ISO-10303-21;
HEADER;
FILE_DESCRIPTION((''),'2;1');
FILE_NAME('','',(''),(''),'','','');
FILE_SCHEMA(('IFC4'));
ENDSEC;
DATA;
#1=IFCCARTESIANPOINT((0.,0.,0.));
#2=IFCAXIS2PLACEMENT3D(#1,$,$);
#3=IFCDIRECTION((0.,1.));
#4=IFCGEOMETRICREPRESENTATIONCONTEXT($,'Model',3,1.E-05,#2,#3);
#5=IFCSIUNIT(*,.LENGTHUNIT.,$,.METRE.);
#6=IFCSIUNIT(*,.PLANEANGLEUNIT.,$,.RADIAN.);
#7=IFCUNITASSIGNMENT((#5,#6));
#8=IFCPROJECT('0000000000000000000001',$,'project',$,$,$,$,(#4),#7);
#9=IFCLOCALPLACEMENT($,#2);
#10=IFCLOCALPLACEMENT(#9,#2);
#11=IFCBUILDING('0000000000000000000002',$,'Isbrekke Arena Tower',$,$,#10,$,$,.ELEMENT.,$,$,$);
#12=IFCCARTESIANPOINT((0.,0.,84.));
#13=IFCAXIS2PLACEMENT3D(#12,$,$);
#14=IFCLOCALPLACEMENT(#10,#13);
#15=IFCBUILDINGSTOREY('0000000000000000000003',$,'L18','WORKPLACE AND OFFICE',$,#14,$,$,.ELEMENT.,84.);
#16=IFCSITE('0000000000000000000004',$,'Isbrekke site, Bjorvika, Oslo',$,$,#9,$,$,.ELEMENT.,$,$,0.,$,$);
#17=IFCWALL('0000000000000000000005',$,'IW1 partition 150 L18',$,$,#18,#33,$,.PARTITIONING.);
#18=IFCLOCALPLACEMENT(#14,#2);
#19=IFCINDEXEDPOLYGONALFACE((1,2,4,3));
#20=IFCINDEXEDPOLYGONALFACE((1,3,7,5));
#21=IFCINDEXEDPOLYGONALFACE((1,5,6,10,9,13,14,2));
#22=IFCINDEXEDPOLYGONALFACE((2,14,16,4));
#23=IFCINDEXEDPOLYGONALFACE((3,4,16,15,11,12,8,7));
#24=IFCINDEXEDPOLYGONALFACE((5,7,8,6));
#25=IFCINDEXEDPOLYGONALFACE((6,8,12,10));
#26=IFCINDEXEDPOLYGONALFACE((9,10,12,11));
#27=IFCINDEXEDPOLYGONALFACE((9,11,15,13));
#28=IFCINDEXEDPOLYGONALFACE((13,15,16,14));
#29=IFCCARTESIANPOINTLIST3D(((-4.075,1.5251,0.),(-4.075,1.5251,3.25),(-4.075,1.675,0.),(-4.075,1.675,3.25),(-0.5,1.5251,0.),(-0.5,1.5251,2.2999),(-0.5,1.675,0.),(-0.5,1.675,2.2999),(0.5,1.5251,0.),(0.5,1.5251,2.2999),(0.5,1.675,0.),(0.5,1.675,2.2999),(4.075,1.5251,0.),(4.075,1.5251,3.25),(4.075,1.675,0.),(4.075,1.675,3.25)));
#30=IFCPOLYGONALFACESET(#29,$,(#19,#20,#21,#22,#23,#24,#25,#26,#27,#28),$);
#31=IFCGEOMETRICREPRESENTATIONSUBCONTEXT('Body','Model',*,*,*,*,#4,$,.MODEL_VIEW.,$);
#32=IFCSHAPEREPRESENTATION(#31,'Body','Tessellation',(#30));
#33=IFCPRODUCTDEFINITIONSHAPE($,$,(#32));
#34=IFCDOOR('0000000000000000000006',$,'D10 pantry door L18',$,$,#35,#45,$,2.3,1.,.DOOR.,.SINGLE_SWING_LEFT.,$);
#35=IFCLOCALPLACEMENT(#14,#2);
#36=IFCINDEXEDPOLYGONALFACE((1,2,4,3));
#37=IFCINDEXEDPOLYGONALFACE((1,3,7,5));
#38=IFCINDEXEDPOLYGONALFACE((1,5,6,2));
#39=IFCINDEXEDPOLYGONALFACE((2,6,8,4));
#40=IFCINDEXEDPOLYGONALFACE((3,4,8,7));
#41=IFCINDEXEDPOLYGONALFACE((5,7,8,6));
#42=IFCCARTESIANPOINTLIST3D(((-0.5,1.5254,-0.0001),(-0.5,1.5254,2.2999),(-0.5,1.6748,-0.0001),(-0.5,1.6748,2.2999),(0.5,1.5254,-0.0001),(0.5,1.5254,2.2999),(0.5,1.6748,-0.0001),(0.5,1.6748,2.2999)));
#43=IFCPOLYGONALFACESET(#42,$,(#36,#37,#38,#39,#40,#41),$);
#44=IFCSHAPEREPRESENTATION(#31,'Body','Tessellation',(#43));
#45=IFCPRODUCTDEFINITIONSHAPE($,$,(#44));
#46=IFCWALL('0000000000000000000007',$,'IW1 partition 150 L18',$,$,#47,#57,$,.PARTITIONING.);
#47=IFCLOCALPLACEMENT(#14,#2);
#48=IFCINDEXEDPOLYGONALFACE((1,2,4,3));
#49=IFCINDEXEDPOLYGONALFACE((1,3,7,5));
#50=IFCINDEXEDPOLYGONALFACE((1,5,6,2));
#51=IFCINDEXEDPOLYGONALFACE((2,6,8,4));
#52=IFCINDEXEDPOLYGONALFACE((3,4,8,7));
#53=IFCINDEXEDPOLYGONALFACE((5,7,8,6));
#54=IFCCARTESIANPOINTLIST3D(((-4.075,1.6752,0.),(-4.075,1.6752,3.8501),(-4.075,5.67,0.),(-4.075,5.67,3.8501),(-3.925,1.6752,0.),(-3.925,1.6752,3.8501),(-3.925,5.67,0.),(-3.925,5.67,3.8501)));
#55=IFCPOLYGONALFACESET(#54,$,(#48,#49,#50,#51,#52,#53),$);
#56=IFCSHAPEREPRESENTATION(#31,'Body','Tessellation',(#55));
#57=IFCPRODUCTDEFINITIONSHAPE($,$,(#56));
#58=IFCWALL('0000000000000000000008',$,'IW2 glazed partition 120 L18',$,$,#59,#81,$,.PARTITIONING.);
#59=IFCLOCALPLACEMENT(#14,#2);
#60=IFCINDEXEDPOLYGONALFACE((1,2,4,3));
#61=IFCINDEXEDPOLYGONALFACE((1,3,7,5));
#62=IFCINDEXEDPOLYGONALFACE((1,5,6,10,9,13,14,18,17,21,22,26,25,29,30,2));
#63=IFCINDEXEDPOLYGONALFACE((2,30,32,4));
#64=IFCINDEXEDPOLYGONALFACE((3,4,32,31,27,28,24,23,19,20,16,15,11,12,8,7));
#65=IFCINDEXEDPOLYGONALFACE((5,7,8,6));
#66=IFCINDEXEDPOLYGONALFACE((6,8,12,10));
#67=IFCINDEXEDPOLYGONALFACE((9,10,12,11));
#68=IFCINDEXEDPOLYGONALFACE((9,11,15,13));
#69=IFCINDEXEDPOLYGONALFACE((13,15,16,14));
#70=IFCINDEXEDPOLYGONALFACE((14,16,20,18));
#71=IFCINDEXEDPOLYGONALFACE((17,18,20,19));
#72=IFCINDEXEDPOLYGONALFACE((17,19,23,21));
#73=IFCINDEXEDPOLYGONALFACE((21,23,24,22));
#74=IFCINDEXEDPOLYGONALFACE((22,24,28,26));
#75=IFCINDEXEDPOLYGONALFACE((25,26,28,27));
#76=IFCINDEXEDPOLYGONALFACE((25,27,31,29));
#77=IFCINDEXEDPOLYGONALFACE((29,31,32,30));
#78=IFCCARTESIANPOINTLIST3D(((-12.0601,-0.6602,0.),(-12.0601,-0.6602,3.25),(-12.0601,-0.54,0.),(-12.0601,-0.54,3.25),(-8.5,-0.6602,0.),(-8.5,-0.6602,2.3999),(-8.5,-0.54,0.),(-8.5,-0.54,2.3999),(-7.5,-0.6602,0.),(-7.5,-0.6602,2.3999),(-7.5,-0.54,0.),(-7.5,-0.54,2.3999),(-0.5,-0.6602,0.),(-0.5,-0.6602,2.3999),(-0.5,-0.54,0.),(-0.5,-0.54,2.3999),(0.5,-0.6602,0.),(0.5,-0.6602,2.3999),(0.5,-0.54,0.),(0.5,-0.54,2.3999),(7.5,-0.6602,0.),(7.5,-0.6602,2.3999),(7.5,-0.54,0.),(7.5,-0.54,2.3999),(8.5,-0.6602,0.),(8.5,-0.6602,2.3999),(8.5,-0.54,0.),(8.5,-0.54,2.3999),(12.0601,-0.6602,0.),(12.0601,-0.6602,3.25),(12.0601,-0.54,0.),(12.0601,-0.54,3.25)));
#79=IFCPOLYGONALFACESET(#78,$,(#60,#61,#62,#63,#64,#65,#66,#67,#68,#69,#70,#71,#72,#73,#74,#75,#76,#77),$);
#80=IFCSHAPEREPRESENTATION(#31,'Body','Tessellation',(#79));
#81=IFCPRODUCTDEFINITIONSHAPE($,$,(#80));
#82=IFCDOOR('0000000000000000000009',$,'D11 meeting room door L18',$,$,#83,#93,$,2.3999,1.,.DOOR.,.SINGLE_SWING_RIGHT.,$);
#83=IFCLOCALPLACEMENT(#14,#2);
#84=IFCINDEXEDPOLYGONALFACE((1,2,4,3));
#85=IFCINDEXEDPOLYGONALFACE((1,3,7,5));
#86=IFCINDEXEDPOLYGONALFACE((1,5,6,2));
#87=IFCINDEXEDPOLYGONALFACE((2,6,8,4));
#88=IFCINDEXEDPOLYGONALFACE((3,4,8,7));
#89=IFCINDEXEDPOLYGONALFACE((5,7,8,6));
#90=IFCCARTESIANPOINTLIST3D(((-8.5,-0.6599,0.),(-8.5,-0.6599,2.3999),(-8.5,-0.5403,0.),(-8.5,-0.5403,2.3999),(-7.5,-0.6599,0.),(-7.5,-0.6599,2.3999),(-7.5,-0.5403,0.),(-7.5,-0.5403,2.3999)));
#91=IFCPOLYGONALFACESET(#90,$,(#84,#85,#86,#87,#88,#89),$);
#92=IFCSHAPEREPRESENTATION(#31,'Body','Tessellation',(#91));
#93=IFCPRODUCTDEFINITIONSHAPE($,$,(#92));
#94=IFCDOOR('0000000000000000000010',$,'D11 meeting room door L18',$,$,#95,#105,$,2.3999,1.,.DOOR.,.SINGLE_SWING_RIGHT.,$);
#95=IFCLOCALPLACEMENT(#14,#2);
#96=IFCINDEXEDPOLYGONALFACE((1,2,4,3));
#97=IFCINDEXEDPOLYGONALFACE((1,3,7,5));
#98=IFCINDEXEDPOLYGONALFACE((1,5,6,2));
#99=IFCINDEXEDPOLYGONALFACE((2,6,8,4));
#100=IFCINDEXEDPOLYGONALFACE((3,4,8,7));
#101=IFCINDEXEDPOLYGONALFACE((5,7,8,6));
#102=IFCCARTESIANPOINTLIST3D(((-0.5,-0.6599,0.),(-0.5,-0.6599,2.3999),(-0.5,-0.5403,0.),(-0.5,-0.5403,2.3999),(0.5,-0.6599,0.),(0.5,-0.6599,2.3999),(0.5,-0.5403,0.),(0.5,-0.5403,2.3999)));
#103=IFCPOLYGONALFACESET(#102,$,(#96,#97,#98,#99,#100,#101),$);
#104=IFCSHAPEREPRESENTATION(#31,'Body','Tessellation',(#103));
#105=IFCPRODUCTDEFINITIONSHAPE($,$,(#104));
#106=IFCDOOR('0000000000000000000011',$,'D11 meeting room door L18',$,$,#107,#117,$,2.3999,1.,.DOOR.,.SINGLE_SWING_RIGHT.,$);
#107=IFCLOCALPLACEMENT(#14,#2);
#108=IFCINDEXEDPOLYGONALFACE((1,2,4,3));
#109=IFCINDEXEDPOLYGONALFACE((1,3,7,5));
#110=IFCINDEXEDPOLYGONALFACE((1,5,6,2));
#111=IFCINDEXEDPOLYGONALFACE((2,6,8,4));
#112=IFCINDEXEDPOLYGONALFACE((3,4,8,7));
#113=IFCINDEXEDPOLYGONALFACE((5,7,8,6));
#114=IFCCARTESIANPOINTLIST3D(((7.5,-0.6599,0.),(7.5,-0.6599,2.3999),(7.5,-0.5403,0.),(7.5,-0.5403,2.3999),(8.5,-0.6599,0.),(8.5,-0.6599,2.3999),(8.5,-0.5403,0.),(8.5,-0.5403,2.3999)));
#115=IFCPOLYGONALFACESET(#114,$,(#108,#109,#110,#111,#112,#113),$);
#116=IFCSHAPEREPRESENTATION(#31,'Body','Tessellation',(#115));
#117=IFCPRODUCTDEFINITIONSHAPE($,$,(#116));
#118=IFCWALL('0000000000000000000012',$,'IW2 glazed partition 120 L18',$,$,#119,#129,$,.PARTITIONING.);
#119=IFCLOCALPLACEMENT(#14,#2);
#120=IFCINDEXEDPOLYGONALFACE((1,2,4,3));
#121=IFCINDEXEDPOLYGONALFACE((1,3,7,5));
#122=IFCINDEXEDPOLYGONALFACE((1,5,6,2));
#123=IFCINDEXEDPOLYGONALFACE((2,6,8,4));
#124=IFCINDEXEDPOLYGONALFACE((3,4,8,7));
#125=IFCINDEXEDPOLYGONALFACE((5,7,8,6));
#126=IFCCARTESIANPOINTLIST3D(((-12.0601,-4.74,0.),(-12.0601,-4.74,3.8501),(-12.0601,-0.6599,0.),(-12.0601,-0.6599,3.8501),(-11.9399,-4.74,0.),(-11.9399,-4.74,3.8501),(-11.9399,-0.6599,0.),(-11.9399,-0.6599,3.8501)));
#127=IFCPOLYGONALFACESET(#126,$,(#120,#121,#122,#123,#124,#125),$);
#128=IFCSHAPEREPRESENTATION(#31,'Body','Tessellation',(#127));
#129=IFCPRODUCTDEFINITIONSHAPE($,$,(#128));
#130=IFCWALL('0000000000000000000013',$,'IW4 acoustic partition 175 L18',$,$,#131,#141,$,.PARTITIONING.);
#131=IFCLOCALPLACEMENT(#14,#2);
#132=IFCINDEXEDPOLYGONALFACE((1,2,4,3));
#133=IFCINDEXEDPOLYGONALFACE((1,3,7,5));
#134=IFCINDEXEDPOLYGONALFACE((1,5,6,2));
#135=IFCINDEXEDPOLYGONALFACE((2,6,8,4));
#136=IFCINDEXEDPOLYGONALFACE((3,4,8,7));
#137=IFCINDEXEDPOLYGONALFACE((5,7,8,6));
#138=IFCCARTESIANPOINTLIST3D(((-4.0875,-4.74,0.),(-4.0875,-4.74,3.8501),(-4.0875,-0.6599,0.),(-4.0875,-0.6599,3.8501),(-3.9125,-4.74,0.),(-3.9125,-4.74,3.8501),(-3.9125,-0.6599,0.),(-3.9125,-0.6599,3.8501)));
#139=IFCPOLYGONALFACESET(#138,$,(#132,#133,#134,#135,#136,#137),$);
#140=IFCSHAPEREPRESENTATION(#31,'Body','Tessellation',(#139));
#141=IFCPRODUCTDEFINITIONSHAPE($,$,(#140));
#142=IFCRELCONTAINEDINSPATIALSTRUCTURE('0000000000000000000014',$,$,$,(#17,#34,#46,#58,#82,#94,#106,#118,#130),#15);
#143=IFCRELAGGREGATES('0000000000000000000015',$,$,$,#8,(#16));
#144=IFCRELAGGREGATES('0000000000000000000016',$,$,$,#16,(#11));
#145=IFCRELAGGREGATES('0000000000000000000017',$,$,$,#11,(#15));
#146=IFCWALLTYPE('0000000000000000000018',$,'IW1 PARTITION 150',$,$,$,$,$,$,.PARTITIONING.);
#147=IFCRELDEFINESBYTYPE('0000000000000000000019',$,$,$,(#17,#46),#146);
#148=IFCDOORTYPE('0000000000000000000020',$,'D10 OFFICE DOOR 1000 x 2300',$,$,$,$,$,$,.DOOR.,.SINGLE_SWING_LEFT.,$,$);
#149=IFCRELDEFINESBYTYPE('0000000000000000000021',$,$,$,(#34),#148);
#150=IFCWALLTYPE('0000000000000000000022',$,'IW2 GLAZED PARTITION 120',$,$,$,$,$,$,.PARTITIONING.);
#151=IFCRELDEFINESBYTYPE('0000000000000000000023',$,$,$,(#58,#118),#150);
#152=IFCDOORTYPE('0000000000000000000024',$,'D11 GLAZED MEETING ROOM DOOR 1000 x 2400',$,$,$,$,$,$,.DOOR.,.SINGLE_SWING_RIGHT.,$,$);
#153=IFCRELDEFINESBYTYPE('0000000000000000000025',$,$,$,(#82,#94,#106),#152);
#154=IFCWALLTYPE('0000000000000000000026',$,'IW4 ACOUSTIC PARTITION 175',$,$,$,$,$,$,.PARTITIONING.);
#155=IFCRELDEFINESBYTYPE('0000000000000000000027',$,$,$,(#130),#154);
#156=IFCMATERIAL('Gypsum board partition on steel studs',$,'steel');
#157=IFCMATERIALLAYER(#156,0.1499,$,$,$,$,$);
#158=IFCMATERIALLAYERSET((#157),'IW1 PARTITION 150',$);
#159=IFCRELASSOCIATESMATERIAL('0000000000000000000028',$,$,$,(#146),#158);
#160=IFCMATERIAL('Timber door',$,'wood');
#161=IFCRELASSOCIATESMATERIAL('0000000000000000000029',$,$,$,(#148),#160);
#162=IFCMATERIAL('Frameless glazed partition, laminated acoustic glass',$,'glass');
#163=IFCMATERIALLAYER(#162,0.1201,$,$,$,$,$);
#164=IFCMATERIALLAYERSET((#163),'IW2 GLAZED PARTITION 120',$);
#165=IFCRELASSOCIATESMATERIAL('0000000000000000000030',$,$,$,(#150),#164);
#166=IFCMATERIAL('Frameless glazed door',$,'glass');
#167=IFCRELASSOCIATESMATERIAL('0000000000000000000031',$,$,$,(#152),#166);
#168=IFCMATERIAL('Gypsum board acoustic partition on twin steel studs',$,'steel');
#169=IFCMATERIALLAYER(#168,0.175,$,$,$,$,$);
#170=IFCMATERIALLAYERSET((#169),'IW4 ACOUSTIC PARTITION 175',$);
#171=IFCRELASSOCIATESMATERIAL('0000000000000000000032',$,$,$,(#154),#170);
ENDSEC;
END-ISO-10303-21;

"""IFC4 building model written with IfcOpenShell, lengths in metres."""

from ifc_helpers import new_model, si_unit, direction, frame, frame_2d, origin, place, context, subcontext, project, spatial, rectangle, extrude, material, layer, layer_set, type_object, element, fill, save


model = new_model("IFC4")

# Units and contexts
model_context = context("Model", 3, precision=1e-05, world=origin(), true_north=direction((0.0, 1.0)))
body_context = subcontext(model_context, "Body", "Model", "MODEL_VIEW")
ifc_project = project(units=[si_unit("LENGTHUNIT", "METRE"), si_unit("PLANEANGLEUNIT", "RADIAN")], contexts=[model_context])

# Site, building, storey
site_placement = place(None, origin())
site = spatial("IfcSite", under=ifc_project, at=site_placement, Name="Isbrekke site, Bjorvika, Oslo", CompositionType="ELEMENT", RefElevation=0.0)
building_placement = place(site_placement, origin())
building = spatial("IfcBuilding", under=site, at=building_placement, Name="Isbrekke Arena Tower", CompositionType="ELEMENT")
storey_placement = place(building_placement, frame((0.0, 0.0, 84.0)))
storey = spatial("IfcBuildingStorey", under=building, at=storey_placement, Name="L18", Description="WORKPLACE AND OFFICE", CompositionType="ELEMENT", Elevation=84.0)

# Wall, opening, door
ifc_material_1 = material(Name="Gypsum board partition on steel studs", Category="steel")
ifc_layer_1 = layer(ifc_material_1, 0.1499)
ifc_layer_set_1 = layer_set([ifc_layer_1], Name="IW1 PARTITION 150")
wall_type_1 = type_object("IfcWallType", Name="IW1 PARTITION 150", PredefinedType="PARTITIONING", material=ifc_layer_set_1)
wall_1_placement = place(storey_placement, frame((-4.075, 1.6001, 0.0), z_axis=(0.0, 0.0, 1.0), x_axis=(1.0, 0.0, 0.0)))
wall_1 = element("IfcWall", 1, at=wall_1_placement, inside=storey, type_object=wall_type_1, Name="IW1 partition 150 L18", PredefinedType="PARTITIONING", context=body_context, shape_type="SweptSolid", body=[
    extrude(rectangle(XDim=8.1499, YDim=0.1499, at=frame_2d((4.075, 0.0))), origin(), (0.0, 0.0, 1.0), 3.25),
])
opening_1_placement = place(wall_1_placement, frame((3.575, 0.0, 0.0)))
opening_1 = element("IfcOpeningElement", 2, at=opening_1_placement, cuts=wall_1, PredefinedType="OPENING", context=body_context, shape_type="SweptSolid", body=[
    extrude(rectangle(XDim=1.0, YDim=2.3, at=frame_2d((0.5, 1.1499))), frame((0.0, 0.0898, 0.0), z_axis=(0.0, -1.0, 0.0), x_axis=(1.0, 0.0, 0.0)), (0.0, 0.0, 1.0), 0.1797),
])
ifc_material_2 = material(Name="Timber door", Category="wood")
door_type_1 = type_object("IfcDoorType", Name="D10 OFFICE DOOR 1000 x 2300", OperationType="SINGLE_SWING_LEFT", PredefinedType="DOOR", material=ifc_material_2)
door_1_placement = place(opening_1_placement, origin())
door_1 = element("IfcDoor", 3, at=door_1_placement, inside=storey, type_object=door_type_1, Name="D10 pantry door L18", OperationType="SINGLE_SWING_LEFT", OverallHeight=2.3, OverallWidth=1.0, PredefinedType="DOOR", context=body_context, shape_type="SweptSolid", body=[
    extrude(rectangle(XDim=1.0, YDim=2.3, at=frame_2d((0.5, 1.1499))), frame((0.0, 0.0747, 0.0), z_axis=(0.0, -1.0, 0.0), x_axis=(1.0, 0.0, 0.0)), (0.0, 0.0, 1.0), 0.1494),
])
fill(opening_1, door_1)

# Wall
wall_2_placement = place(storey_placement, frame((-4.0, 1.675, 0.0), z_axis=(0.0, 0.0, 1.0), x_axis=(0.0, 1.0, 0.0)))
element("IfcWall", 4, at=wall_2_placement, inside=storey, type_object=wall_type_1, Name="IW1 partition 150 L18", PredefinedType="PARTITIONING", context=body_context, shape_type="SweptSolid", body=[
    extrude(rectangle(XDim=3.9949, YDim=0.1499, at=frame_2d((1.9976, 0.0))), origin(), (0.0, 0.0, 1.0), 3.8501),
])

# Wall, openings, doors
ifc_material_3 = material(Name="Frameless glazed partition, laminated acoustic glass", Category="glass")
ifc_layer_2 = layer(ifc_material_3, 0.1201)
ifc_layer_set_2 = layer_set([ifc_layer_2], Name="IW2 GLAZED PARTITION 120")
wall_type_2 = type_object("IfcWallType", Name="IW2 GLAZED PARTITION 120", PredefinedType="PARTITIONING", material=ifc_layer_set_2)
wall_3_placement = place(storey_placement, frame((-12.0601, -0.6001, 0.0), z_axis=(0.0, 0.0, 1.0), x_axis=(1.0, 0.0, 0.0)))
wall_3 = element("IfcWall", 5, at=wall_3_placement, inside=storey, type_object=wall_type_2, Name="IW2 glazed partition 120 L18", PredefinedType="PARTITIONING", context=body_context, shape_type="SweptSolid", body=[
    extrude(rectangle(XDim=24.1201, YDim=0.1201, at=frame_2d((12.0601, 0.0))), origin(), (0.0, 0.0, 1.0), 3.25),
])
opening_2_placement = place(wall_3_placement, frame((3.5601, 0.0, 0.0)))
opening_2 = element("IfcOpeningElement", 6, at=opening_2_placement, cuts=wall_3, PredefinedType="OPENING", context=body_context, shape_type="SweptSolid", body=[
    extrude(rectangle(XDim=1.0, YDim=2.3999, at=frame_2d((0.5, 1.2))), frame((0.0, 0.075, 0.0), z_axis=(0.0, -1.0, 0.0), x_axis=(1.0, 0.0, 0.0)), (0.0, 0.0, 1.0), 0.1499),
])
opening_3_placement = place(wall_3_placement, frame((11.5601, 0.0, 0.0)))
opening_3 = element("IfcOpeningElement", 7, at=opening_3_placement, cuts=wall_3, PredefinedType="OPENING", context=body_context, shape_type="SweptSolid", body=[
    extrude(rectangle(XDim=1.0, YDim=2.3999, at=frame_2d((0.5, 1.2))), frame((0.0, 0.075, 0.0), z_axis=(0.0, -1.0, 0.0), x_axis=(1.0, 0.0, 0.0)), (0.0, 0.0, 1.0), 0.1499),
])
opening_4_placement = place(wall_3_placement, frame((19.5601, 0.0, 0.0)))
opening_4 = element("IfcOpeningElement", 8, at=opening_4_placement, cuts=wall_3, PredefinedType="OPENING", context=body_context, shape_type="SweptSolid", body=[
    extrude(rectangle(XDim=1.0, YDim=2.3999, at=frame_2d((0.5, 1.2))), frame((0.0, 0.075, 0.0), z_axis=(0.0, -1.0, 0.0), x_axis=(1.0, 0.0, 0.0)), (0.0, 0.0, 1.0), 0.1499),
])
ifc_material_4 = material(Name="Frameless glazed door", Category="glass")
door_type_2 = type_object("IfcDoorType", Name="D11 GLAZED MEETING ROOM DOOR 1000 x 2400", OperationType="SINGLE_SWING_RIGHT", PredefinedType="DOOR", material=ifc_material_4)
door_2_placement = place(opening_2_placement, origin())
door_2 = element("IfcDoor", 9, at=door_2_placement, inside=storey, type_object=door_type_2, Name="D11 meeting room door L18", OperationType="SINGLE_SWING_RIGHT", OverallHeight=2.3999, OverallWidth=1.0, PredefinedType="DOOR", context=body_context, shape_type="SweptSolid", body=[
    extrude(rectangle(XDim=1.0, YDim=2.3999, at=frame_2d((0.5, 1.2))), frame((0.0, 0.0598, 0.0), z_axis=(0.0, -1.0, 0.0), x_axis=(1.0, 0.0, 0.0)), (0.0, 0.0, 1.0), 0.1196),
])
fill(opening_2, door_2)
door_3_placement = place(opening_3_placement, origin())
door_3 = element("IfcDoor", 10, at=door_3_placement, inside=storey, type_object=door_type_2, Name="D11 meeting room door L18", OperationType="SINGLE_SWING_RIGHT", OverallHeight=2.3999, OverallWidth=1.0, PredefinedType="DOOR", context=body_context, shape_type="SweptSolid", body=[
    extrude(rectangle(XDim=1.0, YDim=2.3999, at=frame_2d((0.5, 1.2))), frame((0.0, 0.0598, 0.0), z_axis=(0.0, -1.0, 0.0), x_axis=(1.0, 0.0, 0.0)), (0.0, 0.0, 1.0), 0.1196),
])
fill(opening_3, door_3)
door_4_placement = place(opening_4_placement, origin())
door_4 = element("IfcDoor", 11, at=door_4_placement, inside=storey, type_object=door_type_2, Name="D11 meeting room door L18", OperationType="SINGLE_SWING_RIGHT", OverallHeight=2.3999, OverallWidth=1.0, PredefinedType="DOOR", context=body_context, shape_type="SweptSolid", body=[
    extrude(rectangle(XDim=1.0, YDim=2.3999, at=frame_2d((0.5, 1.2))), frame((0.0, 0.0598, 0.0), z_axis=(0.0, -1.0, 0.0), x_axis=(1.0, 0.0, 0.0)), (0.0, 0.0, 1.0), 0.1196),
])
fill(opening_4, door_4)

# Walls
wall_4_placement = place(storey_placement, frame((-12.0, -4.74, 0.0), z_axis=(0.0, 0.0, 1.0), x_axis=(0.0, 1.0, 0.0)))
element("IfcWall", 12, at=wall_4_placement, inside=storey, type_object=wall_type_2, Name="IW2 glazed partition 120 L18", PredefinedType="PARTITIONING", context=body_context, shape_type="SweptSolid", body=[
    extrude(rectangle(XDim=4.0801, YDim=0.1201, at=frame_2d((2.04, 0.0))), origin(), (0.0, 0.0, 1.0), 3.8501),
])
ifc_material_5 = material(Name="Gypsum board acoustic partition on twin steel studs", Category="steel")
ifc_layer_3 = layer(ifc_material_5, 0.175)
ifc_layer_set_3 = layer_set([ifc_layer_3], Name="IW4 ACOUSTIC PARTITION 175")
wall_type_3 = type_object("IfcWallType", Name="IW4 ACOUSTIC PARTITION 175", PredefinedType="PARTITIONING", material=ifc_layer_set_3)
wall_5_placement = place(storey_placement, frame((-4.0, -4.74, 0.0), z_axis=(0.0, 0.0, 1.0), x_axis=(0.0, 1.0, 0.0)))
element("IfcWall", 13, at=wall_5_placement, inside=storey, type_object=wall_type_3, Name="IW4 acoustic partition 175 L18", PredefinedType="PARTITIONING", context=body_context, shape_type="SweptSolid", body=[
    extrude(rectangle(XDim=4.0801, YDim=0.175, at=frame_2d((2.04, 0.0))), origin(), (0.0, 0.0, 1.0), 3.8501),
])

save(model, "model.ifc")
